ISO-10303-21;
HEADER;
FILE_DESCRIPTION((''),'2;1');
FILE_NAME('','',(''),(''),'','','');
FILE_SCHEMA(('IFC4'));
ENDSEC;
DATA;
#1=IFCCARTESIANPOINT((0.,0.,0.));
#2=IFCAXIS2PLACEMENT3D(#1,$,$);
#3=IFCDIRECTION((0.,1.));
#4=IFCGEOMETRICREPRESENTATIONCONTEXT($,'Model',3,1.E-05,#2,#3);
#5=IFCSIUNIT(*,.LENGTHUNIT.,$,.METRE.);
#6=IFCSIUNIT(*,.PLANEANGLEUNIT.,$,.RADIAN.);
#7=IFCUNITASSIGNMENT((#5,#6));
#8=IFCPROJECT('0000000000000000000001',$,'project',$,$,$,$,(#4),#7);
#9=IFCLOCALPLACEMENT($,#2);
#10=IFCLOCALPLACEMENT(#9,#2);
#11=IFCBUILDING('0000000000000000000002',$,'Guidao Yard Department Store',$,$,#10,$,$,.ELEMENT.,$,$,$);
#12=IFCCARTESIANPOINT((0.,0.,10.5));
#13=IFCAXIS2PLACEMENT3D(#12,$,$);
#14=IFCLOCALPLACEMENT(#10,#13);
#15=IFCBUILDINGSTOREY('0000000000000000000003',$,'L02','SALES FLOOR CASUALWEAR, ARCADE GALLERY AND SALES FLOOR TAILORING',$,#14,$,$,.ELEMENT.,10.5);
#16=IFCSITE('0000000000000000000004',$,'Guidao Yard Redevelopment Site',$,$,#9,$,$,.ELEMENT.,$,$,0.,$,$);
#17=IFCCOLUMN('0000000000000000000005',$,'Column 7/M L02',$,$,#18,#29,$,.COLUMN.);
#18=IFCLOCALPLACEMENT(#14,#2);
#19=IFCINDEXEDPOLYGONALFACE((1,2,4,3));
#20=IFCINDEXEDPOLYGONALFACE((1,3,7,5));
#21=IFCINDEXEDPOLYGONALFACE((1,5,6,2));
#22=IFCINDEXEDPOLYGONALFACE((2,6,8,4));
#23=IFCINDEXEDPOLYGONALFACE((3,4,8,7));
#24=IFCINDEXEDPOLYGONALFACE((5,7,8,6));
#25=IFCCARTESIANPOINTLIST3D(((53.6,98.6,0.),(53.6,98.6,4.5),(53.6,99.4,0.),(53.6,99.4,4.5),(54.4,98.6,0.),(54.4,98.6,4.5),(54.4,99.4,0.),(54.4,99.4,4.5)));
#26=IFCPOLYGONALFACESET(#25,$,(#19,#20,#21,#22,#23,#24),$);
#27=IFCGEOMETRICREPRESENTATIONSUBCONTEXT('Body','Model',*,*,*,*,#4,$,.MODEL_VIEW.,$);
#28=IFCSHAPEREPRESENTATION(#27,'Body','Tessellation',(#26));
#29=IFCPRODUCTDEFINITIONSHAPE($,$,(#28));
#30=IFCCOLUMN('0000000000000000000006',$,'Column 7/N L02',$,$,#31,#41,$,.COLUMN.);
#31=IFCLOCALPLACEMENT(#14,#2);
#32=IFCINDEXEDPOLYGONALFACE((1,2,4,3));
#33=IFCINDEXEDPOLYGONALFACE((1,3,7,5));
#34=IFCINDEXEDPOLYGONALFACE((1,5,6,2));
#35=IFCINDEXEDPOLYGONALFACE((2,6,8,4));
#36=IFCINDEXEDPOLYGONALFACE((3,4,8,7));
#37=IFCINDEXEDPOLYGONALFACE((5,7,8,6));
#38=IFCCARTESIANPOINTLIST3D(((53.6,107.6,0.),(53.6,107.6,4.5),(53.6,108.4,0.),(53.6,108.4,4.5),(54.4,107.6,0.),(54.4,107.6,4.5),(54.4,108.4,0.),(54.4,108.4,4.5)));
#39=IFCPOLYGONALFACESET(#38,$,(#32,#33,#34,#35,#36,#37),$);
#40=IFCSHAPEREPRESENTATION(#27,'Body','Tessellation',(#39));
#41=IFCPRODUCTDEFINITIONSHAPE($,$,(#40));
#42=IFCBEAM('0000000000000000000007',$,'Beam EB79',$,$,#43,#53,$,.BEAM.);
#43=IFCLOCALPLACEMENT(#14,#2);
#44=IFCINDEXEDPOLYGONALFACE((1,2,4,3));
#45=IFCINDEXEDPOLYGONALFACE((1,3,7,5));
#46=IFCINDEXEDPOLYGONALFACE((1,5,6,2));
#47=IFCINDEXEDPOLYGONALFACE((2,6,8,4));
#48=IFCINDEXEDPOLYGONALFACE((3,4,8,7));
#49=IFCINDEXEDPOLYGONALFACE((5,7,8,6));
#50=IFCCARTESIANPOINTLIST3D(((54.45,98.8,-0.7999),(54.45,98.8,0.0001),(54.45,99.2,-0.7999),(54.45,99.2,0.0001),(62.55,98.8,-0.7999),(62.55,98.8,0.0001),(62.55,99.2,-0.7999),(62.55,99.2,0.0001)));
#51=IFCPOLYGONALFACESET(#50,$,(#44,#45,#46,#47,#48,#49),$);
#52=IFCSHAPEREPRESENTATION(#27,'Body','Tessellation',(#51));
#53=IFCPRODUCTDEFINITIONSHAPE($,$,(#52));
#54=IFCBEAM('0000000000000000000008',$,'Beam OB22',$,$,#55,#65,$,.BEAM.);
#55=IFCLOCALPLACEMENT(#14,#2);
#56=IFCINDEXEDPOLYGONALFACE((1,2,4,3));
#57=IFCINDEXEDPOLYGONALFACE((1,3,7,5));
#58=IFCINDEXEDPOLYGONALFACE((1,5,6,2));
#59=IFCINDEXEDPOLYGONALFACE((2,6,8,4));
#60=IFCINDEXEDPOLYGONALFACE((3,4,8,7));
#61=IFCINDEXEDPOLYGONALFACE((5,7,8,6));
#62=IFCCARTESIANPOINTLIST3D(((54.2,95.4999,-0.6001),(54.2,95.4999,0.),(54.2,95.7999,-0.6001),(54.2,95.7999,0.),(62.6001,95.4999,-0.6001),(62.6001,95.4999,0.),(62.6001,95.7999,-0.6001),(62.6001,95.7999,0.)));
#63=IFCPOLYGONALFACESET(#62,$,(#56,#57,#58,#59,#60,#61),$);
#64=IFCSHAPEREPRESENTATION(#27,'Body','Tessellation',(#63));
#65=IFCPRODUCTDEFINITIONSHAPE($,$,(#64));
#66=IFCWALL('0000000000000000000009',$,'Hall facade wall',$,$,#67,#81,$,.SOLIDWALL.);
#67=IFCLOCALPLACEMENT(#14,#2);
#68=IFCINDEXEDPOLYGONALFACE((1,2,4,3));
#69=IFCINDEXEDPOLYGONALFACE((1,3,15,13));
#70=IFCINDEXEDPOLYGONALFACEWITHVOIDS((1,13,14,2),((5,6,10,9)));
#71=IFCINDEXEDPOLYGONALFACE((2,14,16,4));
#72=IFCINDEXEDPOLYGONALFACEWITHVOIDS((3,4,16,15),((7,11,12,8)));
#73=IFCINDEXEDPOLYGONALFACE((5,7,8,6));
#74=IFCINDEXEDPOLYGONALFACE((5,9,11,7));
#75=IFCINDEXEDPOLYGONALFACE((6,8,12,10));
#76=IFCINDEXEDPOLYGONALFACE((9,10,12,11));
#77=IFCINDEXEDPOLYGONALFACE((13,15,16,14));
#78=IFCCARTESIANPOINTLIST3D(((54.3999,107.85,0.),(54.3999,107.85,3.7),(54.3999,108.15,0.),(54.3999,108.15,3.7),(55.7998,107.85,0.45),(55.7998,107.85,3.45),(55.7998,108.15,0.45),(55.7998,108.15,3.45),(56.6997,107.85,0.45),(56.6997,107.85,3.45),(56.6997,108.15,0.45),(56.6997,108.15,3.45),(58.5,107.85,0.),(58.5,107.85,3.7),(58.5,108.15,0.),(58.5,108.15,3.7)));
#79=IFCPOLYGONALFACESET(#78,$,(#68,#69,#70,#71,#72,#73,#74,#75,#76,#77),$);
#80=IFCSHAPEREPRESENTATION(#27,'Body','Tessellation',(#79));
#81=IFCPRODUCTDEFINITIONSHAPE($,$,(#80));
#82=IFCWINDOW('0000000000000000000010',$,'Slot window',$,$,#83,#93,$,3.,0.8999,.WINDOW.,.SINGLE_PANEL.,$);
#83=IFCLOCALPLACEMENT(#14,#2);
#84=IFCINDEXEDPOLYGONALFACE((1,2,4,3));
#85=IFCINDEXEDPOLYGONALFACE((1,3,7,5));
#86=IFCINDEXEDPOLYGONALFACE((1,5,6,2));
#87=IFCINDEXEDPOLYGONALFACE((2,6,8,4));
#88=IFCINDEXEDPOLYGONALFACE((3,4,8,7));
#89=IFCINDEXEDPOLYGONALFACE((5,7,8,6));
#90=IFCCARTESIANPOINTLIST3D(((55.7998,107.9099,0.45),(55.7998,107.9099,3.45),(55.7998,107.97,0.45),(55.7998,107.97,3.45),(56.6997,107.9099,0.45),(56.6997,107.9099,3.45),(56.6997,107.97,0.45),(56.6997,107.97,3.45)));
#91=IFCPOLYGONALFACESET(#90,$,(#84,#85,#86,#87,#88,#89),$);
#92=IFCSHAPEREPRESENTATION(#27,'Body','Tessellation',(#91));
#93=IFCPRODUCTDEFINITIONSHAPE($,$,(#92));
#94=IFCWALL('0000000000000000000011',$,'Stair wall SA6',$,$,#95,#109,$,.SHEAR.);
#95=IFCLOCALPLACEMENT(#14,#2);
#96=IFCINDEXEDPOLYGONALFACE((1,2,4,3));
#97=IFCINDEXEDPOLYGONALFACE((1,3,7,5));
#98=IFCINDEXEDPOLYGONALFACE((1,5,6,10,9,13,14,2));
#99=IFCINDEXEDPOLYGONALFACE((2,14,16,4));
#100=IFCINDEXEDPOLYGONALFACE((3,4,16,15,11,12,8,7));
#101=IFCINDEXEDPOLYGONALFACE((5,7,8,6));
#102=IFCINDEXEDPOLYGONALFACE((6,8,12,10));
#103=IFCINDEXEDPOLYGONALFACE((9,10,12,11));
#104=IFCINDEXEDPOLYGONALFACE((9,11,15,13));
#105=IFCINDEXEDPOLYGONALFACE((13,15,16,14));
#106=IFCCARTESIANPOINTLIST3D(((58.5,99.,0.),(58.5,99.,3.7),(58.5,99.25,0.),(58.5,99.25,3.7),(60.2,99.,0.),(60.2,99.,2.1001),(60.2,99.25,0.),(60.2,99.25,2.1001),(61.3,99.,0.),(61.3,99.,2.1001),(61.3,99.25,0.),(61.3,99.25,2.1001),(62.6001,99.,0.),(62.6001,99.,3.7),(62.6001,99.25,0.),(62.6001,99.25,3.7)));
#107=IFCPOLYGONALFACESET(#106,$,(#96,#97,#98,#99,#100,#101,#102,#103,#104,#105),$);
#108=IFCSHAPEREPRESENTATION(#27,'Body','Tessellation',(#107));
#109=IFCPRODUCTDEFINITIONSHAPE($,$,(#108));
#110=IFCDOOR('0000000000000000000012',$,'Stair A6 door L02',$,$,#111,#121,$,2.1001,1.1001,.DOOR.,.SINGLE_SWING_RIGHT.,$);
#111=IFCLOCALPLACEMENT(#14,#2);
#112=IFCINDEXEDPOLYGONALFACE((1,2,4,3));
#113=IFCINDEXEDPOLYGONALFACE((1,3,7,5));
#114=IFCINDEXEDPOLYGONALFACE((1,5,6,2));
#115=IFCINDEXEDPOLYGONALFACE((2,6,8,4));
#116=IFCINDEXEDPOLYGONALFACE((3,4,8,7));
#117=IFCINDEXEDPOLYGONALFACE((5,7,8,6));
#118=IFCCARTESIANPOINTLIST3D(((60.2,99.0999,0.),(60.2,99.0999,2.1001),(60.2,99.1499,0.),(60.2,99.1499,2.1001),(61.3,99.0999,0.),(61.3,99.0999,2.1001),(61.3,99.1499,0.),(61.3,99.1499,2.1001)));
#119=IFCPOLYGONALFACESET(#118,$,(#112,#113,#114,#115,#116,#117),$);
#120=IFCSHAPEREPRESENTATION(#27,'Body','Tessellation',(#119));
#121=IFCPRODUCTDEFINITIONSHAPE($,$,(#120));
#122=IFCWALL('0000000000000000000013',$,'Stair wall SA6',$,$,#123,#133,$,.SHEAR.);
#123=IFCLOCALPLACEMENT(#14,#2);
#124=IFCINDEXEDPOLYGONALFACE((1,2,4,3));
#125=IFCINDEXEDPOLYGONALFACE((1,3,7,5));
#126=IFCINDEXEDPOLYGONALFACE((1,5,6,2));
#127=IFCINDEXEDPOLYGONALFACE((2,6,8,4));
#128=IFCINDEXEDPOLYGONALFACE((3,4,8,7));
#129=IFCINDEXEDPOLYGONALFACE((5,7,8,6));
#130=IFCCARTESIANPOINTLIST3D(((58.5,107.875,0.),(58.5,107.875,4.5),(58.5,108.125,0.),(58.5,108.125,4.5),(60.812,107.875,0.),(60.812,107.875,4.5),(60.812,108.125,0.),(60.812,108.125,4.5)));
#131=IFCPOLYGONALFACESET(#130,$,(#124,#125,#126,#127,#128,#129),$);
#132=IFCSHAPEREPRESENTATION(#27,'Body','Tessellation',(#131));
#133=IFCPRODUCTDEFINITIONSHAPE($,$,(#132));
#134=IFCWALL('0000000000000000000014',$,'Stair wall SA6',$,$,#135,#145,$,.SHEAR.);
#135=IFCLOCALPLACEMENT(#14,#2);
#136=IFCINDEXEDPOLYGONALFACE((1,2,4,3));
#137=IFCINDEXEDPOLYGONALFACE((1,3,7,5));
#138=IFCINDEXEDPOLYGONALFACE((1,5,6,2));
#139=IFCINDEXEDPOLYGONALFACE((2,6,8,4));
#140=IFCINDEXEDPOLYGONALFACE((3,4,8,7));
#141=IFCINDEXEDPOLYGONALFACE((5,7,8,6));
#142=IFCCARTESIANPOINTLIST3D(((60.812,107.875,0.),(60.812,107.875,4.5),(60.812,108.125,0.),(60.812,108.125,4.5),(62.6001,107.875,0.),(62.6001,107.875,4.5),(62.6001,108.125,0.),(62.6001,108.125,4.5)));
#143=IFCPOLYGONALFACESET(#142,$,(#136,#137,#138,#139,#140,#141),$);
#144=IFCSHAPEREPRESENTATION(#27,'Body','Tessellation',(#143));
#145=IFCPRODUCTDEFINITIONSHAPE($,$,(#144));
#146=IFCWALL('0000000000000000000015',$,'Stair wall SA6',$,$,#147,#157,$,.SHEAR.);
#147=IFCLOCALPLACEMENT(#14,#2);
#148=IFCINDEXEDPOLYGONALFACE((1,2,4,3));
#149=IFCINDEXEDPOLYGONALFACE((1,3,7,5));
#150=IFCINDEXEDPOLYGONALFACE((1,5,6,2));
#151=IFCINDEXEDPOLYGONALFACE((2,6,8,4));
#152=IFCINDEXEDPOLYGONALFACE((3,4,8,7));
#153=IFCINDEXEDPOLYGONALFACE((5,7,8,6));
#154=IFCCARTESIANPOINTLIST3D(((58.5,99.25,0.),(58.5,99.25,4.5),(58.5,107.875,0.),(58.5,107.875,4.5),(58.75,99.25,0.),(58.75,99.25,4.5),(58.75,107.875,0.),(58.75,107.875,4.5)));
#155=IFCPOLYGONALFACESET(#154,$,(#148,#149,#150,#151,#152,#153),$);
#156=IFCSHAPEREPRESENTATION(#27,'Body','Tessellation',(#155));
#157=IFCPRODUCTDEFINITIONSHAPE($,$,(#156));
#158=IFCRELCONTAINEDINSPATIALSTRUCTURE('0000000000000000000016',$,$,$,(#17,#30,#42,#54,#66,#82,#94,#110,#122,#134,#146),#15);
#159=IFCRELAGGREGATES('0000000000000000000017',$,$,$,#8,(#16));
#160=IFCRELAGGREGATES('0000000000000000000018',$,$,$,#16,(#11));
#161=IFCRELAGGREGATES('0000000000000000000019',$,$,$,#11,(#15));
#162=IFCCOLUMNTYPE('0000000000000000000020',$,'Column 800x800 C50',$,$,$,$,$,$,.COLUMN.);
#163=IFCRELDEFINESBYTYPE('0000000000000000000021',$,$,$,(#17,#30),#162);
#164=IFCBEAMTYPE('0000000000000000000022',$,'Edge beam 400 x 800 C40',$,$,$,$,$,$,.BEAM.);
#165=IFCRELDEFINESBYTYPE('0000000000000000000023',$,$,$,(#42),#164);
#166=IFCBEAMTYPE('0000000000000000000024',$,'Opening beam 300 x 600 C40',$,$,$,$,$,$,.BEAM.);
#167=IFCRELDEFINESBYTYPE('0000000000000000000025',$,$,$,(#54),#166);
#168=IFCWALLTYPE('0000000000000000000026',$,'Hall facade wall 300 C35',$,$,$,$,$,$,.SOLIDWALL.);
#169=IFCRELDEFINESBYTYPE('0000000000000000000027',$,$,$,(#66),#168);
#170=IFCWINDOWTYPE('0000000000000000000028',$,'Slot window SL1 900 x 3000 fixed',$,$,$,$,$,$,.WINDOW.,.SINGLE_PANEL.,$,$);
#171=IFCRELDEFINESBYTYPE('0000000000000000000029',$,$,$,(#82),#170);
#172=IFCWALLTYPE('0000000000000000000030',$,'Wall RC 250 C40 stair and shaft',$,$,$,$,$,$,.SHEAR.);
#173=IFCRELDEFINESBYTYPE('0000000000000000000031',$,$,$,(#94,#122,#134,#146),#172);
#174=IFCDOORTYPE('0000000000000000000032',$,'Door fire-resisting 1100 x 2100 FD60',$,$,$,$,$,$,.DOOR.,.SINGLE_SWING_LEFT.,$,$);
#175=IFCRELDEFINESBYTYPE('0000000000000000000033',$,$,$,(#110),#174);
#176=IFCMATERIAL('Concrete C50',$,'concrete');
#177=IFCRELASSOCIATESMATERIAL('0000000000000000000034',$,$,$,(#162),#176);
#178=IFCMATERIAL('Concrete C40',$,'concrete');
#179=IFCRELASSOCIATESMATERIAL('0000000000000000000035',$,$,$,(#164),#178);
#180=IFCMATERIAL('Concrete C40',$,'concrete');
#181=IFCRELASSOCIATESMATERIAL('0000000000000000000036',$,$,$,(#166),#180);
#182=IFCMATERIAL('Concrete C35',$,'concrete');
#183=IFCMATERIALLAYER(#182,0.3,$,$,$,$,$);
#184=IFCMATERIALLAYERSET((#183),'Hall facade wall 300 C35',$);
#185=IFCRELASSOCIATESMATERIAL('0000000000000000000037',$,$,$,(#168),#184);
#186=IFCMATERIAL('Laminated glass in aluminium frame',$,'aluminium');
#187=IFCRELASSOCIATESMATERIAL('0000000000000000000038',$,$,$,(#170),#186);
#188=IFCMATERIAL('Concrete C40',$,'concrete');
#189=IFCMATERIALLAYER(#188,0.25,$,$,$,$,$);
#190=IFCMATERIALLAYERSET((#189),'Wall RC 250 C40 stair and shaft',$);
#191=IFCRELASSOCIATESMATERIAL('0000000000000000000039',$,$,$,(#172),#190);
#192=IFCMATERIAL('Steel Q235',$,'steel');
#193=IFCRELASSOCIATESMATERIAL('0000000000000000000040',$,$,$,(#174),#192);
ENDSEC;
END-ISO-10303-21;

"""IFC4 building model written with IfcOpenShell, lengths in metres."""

from ifc_helpers import new_model, si_unit, direction, frame, frame_2d, origin, origin_2d, place, context, subcontext, project, spatial, rectangle, extrude, material, layer, layer_set, material_profile, profile_set, type_object, element, fill, save


model = new_model("IFC4")

# Units and contexts
model_context = context("Model", 3, precision=1e-05, world=origin(), true_north=direction((0.0, 1.0)))
body_context = subcontext(model_context, "Body", "Model", "MODEL_VIEW")
ifc_project = project(units=[si_unit("LENGTHUNIT", "METRE"), si_unit("PLANEANGLEUNIT", "RADIAN")], contexts=[model_context])

# Site, building, storey
site_placement = place(None, origin())
site = spatial("IfcSite", under=ifc_project, at=site_placement, Name="Guidao Yard Redevelopment Site", CompositionType="ELEMENT", RefElevation=0.0)
building_placement = place(site_placement, origin())
building = spatial("IfcBuilding", under=site, at=building_placement, Name="Guidao Yard Department Store", CompositionType="ELEMENT")
storey_placement = place(building_placement, frame((0.0, 0.0, 10.5)))
storey = spatial("IfcBuildingStorey", under=building, at=storey_placement, Name="L02", Description="SALES FLOOR CASUALWEAR, ARCADE GALLERY AND SALES FLOOR TAILORING", CompositionType="ELEMENT", Elevation=10.5)

# Columns
ifc_material_1 = material(Name="Concrete C50", Category="concrete")
ifc_material_profile_1 = material_profile(ifc_material_1, rectangle(XDim=0.8, YDim=0.8, at=origin_2d()), Name="COL 800x800")
ifc_profile_set_1 = profile_set([ifc_material_profile_1], Name="Concrete C50")
column_type = type_object("IfcColumnType", Name="Column 800x800 C50", PredefinedType="COLUMN", material=ifc_profile_set_1)
for number, where, z_axis, x_axis, name in (
    (1, (54.0, 99.0, 0.0), (0.0, 0.0, 1.0), (1.0, 0.0, 0.0), "Column 7/M L02"),
    (2, (54.0, 108.0, 0.0), (0.0, 0.0, 1.0), (1.0, 0.0, 0.0), "Column 7/N L02"),
):
    element("IfcColumn", number, at=place(storey_placement, frame(where, z_axis=z_axis, x_axis=x_axis)), inside=storey, type_object=column_type, Name=name, PredefinedType="COLUMN", context=body_context, shape_type="SweptSolid", body=[
        extrude(rectangle(XDim=0.8, YDim=0.8, at=origin_2d()), origin(), (0.0, 0.0, 1.0), 4.5),
    ])

# Beams
ifc_material_2 = material(Name="Concrete C40", Category="concrete")
ifc_material_profile_2 = material_profile(ifc_material_2, rectangle(XDim=0.3999, YDim=0.8, at=origin_2d()), Name="Edge beam 400 x 800 C40")
ifc_profile_set_2 = profile_set([ifc_material_profile_2], Name="Concrete C40")
beam_type_1 = type_object("IfcBeamType", Name="Edge beam 400 x 800 C40", PredefinedType="BEAM", material=ifc_profile_set_2)
beam_1_placement = place(storey_placement, frame((54.45, 99.0, -0.3999), z_axis=(1.0, 0.0, 0.0), x_axis=(0.0, 1.0, 0.0)))
element("IfcBeam", 3, at=beam_1_placement, inside=storey, type_object=beam_type_1, Name="Beam EB79", PredefinedType="BEAM", context=body_context, shape_type="SweptSolid", body=[
    extrude(rectangle(XDim=0.3999, YDim=0.8, at=origin_2d()), origin(), (0.0, 0.0, 1.0), 8.1001),
])
ifc_material_3 = material(Name="Concrete C40", Category="concrete")
ifc_material_profile_3 = material_profile(ifc_material_3, rectangle(XDim=0.3, YDim=0.6001, at=origin_2d()), Name="Opening beam 300 x 600 C40")
ifc_profile_set_3 = profile_set([ifc_material_profile_3], Name="Concrete C40")
beam_type_2 = type_object("IfcBeamType", Name="Opening beam 300 x 600 C40", PredefinedType="BEAM", material=ifc_profile_set_3)
beam_2_placement = place(storey_placement, frame((54.2, 95.6499, -0.3), z_axis=(1.0, 0.0, 0.0), x_axis=(0.0, 1.0, 0.0)))
element("IfcBeam", 4, at=beam_2_placement, inside=storey, type_object=beam_type_2, Name="Beam OB22", PredefinedType="BEAM", context=body_context, shape_type="SweptSolid", body=[
    extrude(rectangle(XDim=0.3, YDim=0.6001, at=origin_2d()), origin(), (0.0, 0.0, 1.0), 8.4001),
])

# Wall, opening, window
ifc_material_4 = material(Name="Concrete C35", Category="concrete")
ifc_layer_1 = layer(ifc_material_4, 0.3)
ifc_layer_set_1 = layer_set([ifc_layer_1], Name="Hall facade wall 300 C35")
wall_type_1 = type_object("IfcWallType", Name="Hall facade wall 300 C35", PredefinedType="SOLIDWALL", material=ifc_layer_set_1)
wall_1_placement = place(storey_placement, frame((54.3999, 108.0, 0.0), z_axis=(0.0, 0.0, 1.0), x_axis=(1.0, 0.0, 0.0)))
wall_1 = element("IfcWall", 5, at=wall_1_placement, inside=storey, type_object=wall_type_1, Name="Hall facade wall", PredefinedType="SOLIDWALL", context=body_context, shape_type="SweptSolid", body=[
    extrude(rectangle(XDim=4.1001, YDim=0.3, at=frame_2d((2.05, 0.0))), origin(), (0.0, 0.0, 1.0), 3.7),
])
opening_1_placement = place(wall_1_placement, frame((1.3999, 0.0, 0.45)))
opening_1 = element("IfcOpeningElement", 6, at=opening_1_placement, cuts=wall_1, PredefinedType="OPENING", context=body_context, shape_type="SweptSolid", body=[
    extrude(rectangle(XDim=0.8999, YDim=3.0, at=frame_2d((0.45, 1.5))), frame((0.0, 0.1599, 0.0), z_axis=(0.0, -1.0, 0.0), x_axis=(1.0, 0.0, 0.0)), (0.0, 0.0, 1.0), 0.3201),
])
ifc_material_5 = material(Name="Laminated glass in aluminium frame", Category="aluminium")
window_type = type_object("IfcWindowType", Name="Slot window SL1 900 x 3000 fixed", PartitioningType="SINGLE_PANEL", PredefinedType="WINDOW", material=ifc_material_5)
window_placement = place(opening_1_placement, origin())
window = element("IfcWindow", 7, at=window_placement, inside=storey, type_object=window_type, Name="Slot window", OverallHeight=3.0, OverallWidth=0.8999, PartitioningType="SINGLE_PANEL", PredefinedType="WINDOW", context=body_context, shape_type="SweptSolid", body=[
    extrude(rectangle(XDim=0.8999, YDim=3.0, at=frame_2d((0.45, 1.5))), frame((0.0, -0.03, 0.0), z_axis=(0.0, -1.0, 0.0), x_axis=(1.0, 0.0, 0.0)), (0.0, 0.0, 1.0), 0.0601),
])
fill(opening_1, window)

# Wall, opening, door
ifc_material_6 = material(Name="Concrete C40", Category="concrete")
ifc_layer_2 = layer(ifc_material_6, 0.25)
ifc_layer_set_2 = layer_set([ifc_layer_2], Name="Wall RC 250 C40 stair and shaft")
wall_type_2 = type_object("IfcWallType", Name="Wall RC 250 C40 stair and shaft", PredefinedType="SHEAR", material=ifc_layer_set_2)
wall_2_placement = place(storey_placement, frame((58.5, 99.125, 0.0), z_axis=(0.0, 0.0, 1.0), x_axis=(1.0, 0.0, 0.0)))
wall_2 = element("IfcWall", 8, at=wall_2_placement, inside=storey, type_object=wall_type_2, Name="Stair wall SA6", PredefinedType="SHEAR", context=body_context, shape_type="SweptSolid", body=[
    extrude(rectangle(XDim=4.1001, YDim=0.25, at=frame_2d((2.05, 0.0))), origin(), (0.0, 0.0, 1.0), 3.7),
])
opening_2_placement = place(wall_2_placement, frame((1.7, 0.0, 0.0)))
opening_2 = element("IfcOpeningElement", 9, at=opening_2_placement, cuts=wall_2, PredefinedType="OPENING", context=body_context, shape_type="SweptSolid", body=[
    extrude(rectangle(XDim=1.1001, YDim=2.1001, at=frame_2d((0.55, 1.05))), frame((0.0, 0.135, 0.0), z_axis=(0.0, -1.0, 0.0), x_axis=(1.0, 0.0, 0.0)), (0.0, 0.0, 1.0), 0.27),
])
ifc_material_7 = material(Name="Steel Q235", Category="steel")
door_type_1 = type_object("IfcDoorType", Name="Door fire-resisting 1100 x 2100 FD60", OperationType="SINGLE_SWING_LEFT", PredefinedType="DOOR", material=ifc_material_7)
door_1_placement = place(opening_2_placement, origin())
door_1 = element("IfcDoor", 10, at=door_1_placement, inside=storey, type_object=door_type_1, Name="Stair A6 door L02", OperationType="SINGLE_SWING_RIGHT", OverallHeight=2.1001, OverallWidth=1.1001, PredefinedType="DOOR", context=body_context, shape_type="SweptSolid", body=[
    extrude(rectangle(XDim=1.1001, YDim=2.1001, at=frame_2d((0.55, 1.05))), frame((0.0, 0.0249, 0.0), z_axis=(0.0, -1.0, 0.0), x_axis=(1.0, 0.0, 0.0)), (0.0, 0.0, 1.0), 0.05),
])
fill(opening_2, door_1)

# Walls
wall_3_placement = place(storey_placement, frame((58.5, 108.0, 0.0), z_axis=(0.0, 0.0, 1.0), x_axis=(1.0, 0.0, 0.0)))
element("IfcWall", 11, at=wall_3_placement, inside=storey, type_object=wall_type_2, Name="Stair wall SA6", PredefinedType="SHEAR", context=body_context, shape_type="SweptSolid", body=[
    extrude(rectangle(XDim=2.312, YDim=0.25, at=frame_2d((1.156, 0.0))), origin(), (0.0, 0.0, 1.0), 4.5),
])
wall_4_placement = place(storey_placement, frame((60.812, 108.0, 0.0), z_axis=(0.0, 0.0, 1.0), x_axis=(1.0, 0.0, 0.0)))
element("IfcWall", 12, at=wall_4_placement, inside=storey, type_object=wall_type_2, Name="Stair wall SA6", PredefinedType="SHEAR", context=body_context, shape_type="SweptSolid", body=[
    extrude(rectangle(XDim=1.7881, YDim=0.25, at=frame_2d((0.894, 0.0))), origin(), (0.0, 0.0, 1.0), 4.5),
])
wall_5_placement = place(storey_placement, frame((58.625, 99.25, 0.0), z_axis=(0.0, 0.0, 1.0), x_axis=(0.0, 1.0, 0.0)))
element("IfcWall", 13, at=wall_5_placement, inside=storey, type_object=wall_type_2, Name="Stair wall SA6", PredefinedType="SHEAR", context=body_context, shape_type="SweptSolid", body=[
    extrude(rectangle(XDim=8.625, YDim=0.25, at=frame_2d((4.3125, 0.0))), origin(), (0.0, 0.0, 1.0), 4.5),
])

save(model, "model.ifc")
